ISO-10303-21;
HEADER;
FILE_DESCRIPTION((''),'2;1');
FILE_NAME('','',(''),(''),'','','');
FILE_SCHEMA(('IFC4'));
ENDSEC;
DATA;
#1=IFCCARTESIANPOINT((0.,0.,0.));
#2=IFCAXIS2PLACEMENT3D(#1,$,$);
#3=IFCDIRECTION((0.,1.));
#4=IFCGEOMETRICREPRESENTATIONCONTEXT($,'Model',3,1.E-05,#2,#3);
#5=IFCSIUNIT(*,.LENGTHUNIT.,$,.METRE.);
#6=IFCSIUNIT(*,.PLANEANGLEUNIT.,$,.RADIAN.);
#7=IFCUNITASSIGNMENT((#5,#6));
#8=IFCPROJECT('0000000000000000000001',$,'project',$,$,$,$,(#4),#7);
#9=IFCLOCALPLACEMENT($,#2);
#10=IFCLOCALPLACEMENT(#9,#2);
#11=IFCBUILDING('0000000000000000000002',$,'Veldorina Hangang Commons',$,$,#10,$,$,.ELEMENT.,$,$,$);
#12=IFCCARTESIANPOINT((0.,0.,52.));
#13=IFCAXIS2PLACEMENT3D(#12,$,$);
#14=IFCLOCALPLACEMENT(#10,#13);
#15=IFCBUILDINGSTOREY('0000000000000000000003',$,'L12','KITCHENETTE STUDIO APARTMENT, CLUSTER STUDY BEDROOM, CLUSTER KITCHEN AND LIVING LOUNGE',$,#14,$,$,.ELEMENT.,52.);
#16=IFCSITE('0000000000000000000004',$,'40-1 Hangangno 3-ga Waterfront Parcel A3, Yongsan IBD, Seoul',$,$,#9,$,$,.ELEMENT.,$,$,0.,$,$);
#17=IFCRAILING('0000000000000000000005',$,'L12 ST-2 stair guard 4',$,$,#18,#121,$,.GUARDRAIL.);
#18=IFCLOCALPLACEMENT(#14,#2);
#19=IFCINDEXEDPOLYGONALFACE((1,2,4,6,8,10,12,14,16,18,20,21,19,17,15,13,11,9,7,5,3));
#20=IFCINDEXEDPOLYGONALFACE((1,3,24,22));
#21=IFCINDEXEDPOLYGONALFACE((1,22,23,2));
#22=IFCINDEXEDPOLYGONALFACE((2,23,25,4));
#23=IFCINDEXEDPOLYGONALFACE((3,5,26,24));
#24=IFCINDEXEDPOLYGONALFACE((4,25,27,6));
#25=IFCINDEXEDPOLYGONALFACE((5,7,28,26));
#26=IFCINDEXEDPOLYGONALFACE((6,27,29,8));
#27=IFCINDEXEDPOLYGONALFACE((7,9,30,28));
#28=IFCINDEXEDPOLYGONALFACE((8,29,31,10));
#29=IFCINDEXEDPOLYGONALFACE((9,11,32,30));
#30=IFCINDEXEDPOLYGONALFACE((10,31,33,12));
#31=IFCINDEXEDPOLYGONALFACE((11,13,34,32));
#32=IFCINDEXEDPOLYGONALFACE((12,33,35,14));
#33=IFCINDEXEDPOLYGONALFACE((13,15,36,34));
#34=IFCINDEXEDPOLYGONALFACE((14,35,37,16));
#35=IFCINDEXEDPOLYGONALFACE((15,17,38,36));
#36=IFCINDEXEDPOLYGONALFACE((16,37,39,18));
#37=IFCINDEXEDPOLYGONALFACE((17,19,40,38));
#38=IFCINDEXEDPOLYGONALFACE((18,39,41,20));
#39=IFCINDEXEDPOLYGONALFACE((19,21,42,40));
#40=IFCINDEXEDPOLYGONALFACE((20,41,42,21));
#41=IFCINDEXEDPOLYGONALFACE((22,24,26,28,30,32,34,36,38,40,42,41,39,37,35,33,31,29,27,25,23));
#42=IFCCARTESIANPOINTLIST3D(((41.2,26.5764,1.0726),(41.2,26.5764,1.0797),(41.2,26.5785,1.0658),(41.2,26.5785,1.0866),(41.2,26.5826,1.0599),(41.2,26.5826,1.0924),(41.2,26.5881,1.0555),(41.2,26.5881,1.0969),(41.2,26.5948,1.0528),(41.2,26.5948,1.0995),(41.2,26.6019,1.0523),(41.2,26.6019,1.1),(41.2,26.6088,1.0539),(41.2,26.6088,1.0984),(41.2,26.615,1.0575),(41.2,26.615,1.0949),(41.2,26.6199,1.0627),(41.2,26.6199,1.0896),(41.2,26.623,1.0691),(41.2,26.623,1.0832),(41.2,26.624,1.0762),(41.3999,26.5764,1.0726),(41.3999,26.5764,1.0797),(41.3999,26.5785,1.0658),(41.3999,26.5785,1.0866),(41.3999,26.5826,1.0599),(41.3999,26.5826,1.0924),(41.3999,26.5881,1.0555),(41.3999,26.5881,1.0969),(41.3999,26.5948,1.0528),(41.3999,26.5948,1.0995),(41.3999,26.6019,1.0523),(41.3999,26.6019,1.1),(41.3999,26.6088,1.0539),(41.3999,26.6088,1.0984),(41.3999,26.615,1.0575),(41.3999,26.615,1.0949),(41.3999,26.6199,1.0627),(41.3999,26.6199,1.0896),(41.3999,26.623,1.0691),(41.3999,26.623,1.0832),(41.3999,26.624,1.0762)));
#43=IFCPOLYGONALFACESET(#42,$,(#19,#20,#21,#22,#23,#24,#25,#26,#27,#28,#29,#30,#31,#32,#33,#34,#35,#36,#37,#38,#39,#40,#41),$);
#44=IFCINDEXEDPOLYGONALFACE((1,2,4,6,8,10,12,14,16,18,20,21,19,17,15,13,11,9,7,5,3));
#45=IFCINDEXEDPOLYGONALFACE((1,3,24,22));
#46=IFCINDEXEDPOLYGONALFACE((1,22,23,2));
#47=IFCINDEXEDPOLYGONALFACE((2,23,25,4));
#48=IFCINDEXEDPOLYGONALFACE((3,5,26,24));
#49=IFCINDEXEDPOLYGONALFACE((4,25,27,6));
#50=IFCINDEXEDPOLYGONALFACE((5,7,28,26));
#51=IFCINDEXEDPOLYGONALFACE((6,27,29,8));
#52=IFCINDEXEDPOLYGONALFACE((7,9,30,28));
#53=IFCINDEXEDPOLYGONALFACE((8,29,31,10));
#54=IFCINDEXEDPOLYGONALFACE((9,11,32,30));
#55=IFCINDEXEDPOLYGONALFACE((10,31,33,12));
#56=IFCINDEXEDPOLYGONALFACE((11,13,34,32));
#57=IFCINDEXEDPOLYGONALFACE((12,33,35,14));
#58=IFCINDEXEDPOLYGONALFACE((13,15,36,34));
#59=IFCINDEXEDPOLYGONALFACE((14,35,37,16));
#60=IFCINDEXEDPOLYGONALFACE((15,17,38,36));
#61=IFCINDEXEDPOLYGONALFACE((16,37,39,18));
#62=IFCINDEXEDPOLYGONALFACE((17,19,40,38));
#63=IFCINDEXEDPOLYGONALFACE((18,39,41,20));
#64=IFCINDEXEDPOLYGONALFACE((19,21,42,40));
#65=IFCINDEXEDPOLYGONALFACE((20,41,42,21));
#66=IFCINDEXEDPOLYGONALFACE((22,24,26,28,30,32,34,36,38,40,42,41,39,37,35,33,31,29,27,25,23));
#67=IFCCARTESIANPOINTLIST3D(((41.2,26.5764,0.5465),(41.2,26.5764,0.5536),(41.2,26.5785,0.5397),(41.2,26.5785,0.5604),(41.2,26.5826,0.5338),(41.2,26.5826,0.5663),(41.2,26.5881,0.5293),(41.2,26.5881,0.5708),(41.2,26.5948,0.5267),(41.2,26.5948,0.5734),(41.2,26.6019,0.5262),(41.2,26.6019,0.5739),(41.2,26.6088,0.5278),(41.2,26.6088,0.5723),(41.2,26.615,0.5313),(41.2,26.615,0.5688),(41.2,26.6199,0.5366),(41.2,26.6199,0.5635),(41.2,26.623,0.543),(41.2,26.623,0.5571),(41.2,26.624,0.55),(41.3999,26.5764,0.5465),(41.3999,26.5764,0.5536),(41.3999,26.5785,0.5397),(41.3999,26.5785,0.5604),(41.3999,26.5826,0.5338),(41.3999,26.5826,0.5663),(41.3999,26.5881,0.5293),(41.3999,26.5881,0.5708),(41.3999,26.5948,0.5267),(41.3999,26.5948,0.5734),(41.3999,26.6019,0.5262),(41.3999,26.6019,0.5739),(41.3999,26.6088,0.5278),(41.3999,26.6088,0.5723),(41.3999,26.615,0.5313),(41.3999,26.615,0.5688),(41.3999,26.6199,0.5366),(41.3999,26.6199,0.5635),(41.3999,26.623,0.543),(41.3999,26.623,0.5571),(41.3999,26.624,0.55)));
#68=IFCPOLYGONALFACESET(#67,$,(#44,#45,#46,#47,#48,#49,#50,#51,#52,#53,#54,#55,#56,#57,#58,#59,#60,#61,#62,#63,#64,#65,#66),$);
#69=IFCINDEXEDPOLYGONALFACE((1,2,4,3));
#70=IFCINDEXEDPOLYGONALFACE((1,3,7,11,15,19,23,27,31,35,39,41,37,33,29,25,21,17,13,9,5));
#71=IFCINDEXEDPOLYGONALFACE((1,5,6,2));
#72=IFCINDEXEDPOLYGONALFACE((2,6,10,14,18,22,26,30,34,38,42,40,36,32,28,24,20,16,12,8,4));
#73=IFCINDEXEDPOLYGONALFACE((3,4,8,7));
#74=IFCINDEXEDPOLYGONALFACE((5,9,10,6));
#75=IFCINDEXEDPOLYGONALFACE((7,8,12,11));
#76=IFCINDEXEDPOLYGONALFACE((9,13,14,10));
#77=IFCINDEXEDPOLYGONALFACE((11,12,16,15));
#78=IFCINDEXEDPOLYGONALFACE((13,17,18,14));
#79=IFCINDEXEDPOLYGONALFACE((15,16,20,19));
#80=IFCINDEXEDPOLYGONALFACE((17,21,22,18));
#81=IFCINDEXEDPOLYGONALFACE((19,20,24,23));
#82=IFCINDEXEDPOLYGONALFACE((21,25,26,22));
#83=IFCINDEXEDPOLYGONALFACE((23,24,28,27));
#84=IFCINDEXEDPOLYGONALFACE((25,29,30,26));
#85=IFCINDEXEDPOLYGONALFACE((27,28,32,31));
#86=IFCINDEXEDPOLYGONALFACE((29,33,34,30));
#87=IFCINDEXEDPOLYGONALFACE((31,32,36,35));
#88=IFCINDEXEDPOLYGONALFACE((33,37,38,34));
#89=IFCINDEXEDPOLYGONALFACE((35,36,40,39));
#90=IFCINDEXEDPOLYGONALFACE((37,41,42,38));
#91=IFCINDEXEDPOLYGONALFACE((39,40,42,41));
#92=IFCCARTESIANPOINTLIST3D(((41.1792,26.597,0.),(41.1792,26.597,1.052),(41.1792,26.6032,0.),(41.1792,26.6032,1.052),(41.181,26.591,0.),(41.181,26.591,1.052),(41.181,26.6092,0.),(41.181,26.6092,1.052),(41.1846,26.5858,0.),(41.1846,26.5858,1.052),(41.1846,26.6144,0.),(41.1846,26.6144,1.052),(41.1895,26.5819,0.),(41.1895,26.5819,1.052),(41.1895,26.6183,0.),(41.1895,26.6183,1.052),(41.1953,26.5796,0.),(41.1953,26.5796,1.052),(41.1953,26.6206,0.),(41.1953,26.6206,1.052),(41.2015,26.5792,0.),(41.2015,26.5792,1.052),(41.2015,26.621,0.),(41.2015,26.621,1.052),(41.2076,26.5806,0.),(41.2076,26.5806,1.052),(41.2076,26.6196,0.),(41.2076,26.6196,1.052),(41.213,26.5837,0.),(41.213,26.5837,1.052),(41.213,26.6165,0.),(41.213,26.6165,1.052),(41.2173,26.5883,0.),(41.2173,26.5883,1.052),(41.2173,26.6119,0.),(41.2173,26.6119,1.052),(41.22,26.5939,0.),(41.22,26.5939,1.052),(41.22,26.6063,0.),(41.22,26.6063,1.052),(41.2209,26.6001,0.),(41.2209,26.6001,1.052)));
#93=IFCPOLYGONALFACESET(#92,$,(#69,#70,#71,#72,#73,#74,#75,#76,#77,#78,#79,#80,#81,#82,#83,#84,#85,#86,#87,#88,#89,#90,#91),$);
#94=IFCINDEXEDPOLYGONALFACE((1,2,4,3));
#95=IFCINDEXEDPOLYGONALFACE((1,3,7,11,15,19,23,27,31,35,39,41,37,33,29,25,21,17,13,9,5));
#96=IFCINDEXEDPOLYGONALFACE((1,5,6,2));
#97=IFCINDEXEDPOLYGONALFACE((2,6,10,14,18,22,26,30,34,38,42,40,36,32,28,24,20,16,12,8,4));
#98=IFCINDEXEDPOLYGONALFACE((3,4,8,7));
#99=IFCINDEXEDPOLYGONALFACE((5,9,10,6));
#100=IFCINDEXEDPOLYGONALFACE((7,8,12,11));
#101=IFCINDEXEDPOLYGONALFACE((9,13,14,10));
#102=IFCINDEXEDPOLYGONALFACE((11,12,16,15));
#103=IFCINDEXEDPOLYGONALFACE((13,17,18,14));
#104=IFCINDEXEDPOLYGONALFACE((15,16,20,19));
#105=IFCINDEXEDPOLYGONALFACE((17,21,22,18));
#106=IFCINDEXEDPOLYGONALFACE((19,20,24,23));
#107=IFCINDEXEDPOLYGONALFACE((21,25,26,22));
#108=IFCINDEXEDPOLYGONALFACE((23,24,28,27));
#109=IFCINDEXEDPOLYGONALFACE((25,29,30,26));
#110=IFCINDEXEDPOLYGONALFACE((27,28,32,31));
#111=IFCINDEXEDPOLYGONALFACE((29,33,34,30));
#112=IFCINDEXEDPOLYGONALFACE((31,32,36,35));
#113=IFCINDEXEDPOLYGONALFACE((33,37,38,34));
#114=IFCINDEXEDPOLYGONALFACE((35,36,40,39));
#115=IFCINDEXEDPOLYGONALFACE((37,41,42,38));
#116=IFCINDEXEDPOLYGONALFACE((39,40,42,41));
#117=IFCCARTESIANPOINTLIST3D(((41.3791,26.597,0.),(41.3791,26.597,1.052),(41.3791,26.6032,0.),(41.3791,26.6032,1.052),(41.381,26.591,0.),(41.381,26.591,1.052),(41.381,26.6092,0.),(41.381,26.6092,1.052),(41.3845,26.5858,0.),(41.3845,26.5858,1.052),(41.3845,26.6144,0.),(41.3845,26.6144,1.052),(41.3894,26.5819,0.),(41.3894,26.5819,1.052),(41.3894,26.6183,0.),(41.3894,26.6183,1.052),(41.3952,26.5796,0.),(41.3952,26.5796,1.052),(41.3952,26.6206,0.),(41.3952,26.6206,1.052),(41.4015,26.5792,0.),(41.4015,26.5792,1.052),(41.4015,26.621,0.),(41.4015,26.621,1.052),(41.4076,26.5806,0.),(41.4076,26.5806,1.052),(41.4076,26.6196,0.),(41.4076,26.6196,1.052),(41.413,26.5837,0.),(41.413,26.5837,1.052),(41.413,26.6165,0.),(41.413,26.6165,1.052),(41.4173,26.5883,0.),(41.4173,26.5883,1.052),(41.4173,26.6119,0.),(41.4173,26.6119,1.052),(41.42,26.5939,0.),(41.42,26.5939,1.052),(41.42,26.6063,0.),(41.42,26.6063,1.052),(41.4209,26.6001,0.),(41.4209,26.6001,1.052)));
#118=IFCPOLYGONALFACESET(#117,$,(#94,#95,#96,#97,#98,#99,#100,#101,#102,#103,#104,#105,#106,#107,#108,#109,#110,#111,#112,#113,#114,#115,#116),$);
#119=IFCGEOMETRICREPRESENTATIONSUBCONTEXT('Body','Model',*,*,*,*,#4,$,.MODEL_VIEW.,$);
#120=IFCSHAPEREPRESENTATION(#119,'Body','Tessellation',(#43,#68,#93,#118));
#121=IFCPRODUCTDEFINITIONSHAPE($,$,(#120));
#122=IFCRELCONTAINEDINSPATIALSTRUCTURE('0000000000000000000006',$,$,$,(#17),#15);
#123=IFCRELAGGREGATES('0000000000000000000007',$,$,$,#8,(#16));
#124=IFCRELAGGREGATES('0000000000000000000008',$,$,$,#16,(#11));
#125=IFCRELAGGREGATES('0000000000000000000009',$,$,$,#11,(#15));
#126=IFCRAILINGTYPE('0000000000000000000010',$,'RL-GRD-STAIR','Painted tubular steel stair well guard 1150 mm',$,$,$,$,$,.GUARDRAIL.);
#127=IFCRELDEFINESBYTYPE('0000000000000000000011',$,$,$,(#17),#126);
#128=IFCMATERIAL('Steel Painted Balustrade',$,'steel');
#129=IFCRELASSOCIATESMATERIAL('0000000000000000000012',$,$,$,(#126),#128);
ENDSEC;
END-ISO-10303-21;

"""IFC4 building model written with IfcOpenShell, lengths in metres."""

from ifc_helpers import new_model, si_unit, direction, frame, origin, origin_2d, place, context, subcontext, project, spatial, circle, extrude, material, type_object, element, save


model = new_model("IFC4")

# Units and contexts
model_context = context("Model", 3, precision=1e-05, world=origin(), true_north=direction((0.0, 1.0)))
body_context = subcontext(model_context, "Body", "Model", "MODEL_VIEW")
ifc_project = project(units=[si_unit("LENGTHUNIT", "METRE"), si_unit("PLANEANGLEUNIT", "RADIAN")], contexts=[model_context])

# Site, building, storey
site_placement = place(None, origin())
site = spatial("IfcSite", under=ifc_project, at=site_placement, Name="40-1 Hangangno 3-ga Waterfront Parcel A3, Yongsan IBD, Seoul", CompositionType="ELEMENT", RefElevation=0.0)
building_placement = place(site_placement, origin())
building = spatial("IfcBuilding", under=site, at=building_placement, Name="Veldorina Hangang Commons", CompositionType="ELEMENT")
storey_placement = place(building_placement, frame((0.0, 0.0, 52.0)))
storey = spatial("IfcBuildingStorey", under=building, at=storey_placement, Name="L12", Description="KITCHENETTE STUDIO APARTMENT, CLUSTER STUDY BEDROOM, CLUSTER KITCHEN AND LIVING LOUNGE", CompositionType="ELEMENT", Elevation=52.0)

# Railing
ifc_material_1 = material(Name="Steel Painted Balustrade", Category="steel")
railing_type_1 = type_object("IfcRailingType", Name="RL-GRD-STAIR", Description="Painted tubular steel stair well guard 1150 mm", PredefinedType="GUARDRAIL", material=ifc_material_1)
railing_1_placement = place(storey_placement, frame((41.2, 26.6001, 0.0)))
element("IfcRailing", 1, at=railing_1_placement, inside=storey, type_object=railing_type_1, Name="L12 ST-2 stair guard 4", PredefinedType="GUARDRAIL", context=body_context, shape_type="SweptSolid", body=[
    extrude(circle(Radius=0.0239, at=origin_2d()), frame((0.0, 0.0, 1.0762), z_axis=(1.0, 0.0, 0.0), x_axis=(0.0, 1.0, 0.0)), (0.0, 0.0, 1.0), 0.2),
    extrude(circle(Radius=0.0239, at=origin_2d()), frame((0.0, 0.0, 0.55), z_axis=(1.0, 0.0, 0.0), x_axis=(0.0, 1.0, 0.0)), (0.0, 0.0, 1.0), 0.2),
    extrude(circle(Radius=0.021, at=origin_2d()), origin(), (0.0, 0.0, 1.0), 1.052),
    extrude(circle(Radius=0.021, at=origin_2d()), frame((0.2, 0.0, 0.0)), (0.0, 0.0, 1.0), 1.052),
])

save(model, "model.ifc")
